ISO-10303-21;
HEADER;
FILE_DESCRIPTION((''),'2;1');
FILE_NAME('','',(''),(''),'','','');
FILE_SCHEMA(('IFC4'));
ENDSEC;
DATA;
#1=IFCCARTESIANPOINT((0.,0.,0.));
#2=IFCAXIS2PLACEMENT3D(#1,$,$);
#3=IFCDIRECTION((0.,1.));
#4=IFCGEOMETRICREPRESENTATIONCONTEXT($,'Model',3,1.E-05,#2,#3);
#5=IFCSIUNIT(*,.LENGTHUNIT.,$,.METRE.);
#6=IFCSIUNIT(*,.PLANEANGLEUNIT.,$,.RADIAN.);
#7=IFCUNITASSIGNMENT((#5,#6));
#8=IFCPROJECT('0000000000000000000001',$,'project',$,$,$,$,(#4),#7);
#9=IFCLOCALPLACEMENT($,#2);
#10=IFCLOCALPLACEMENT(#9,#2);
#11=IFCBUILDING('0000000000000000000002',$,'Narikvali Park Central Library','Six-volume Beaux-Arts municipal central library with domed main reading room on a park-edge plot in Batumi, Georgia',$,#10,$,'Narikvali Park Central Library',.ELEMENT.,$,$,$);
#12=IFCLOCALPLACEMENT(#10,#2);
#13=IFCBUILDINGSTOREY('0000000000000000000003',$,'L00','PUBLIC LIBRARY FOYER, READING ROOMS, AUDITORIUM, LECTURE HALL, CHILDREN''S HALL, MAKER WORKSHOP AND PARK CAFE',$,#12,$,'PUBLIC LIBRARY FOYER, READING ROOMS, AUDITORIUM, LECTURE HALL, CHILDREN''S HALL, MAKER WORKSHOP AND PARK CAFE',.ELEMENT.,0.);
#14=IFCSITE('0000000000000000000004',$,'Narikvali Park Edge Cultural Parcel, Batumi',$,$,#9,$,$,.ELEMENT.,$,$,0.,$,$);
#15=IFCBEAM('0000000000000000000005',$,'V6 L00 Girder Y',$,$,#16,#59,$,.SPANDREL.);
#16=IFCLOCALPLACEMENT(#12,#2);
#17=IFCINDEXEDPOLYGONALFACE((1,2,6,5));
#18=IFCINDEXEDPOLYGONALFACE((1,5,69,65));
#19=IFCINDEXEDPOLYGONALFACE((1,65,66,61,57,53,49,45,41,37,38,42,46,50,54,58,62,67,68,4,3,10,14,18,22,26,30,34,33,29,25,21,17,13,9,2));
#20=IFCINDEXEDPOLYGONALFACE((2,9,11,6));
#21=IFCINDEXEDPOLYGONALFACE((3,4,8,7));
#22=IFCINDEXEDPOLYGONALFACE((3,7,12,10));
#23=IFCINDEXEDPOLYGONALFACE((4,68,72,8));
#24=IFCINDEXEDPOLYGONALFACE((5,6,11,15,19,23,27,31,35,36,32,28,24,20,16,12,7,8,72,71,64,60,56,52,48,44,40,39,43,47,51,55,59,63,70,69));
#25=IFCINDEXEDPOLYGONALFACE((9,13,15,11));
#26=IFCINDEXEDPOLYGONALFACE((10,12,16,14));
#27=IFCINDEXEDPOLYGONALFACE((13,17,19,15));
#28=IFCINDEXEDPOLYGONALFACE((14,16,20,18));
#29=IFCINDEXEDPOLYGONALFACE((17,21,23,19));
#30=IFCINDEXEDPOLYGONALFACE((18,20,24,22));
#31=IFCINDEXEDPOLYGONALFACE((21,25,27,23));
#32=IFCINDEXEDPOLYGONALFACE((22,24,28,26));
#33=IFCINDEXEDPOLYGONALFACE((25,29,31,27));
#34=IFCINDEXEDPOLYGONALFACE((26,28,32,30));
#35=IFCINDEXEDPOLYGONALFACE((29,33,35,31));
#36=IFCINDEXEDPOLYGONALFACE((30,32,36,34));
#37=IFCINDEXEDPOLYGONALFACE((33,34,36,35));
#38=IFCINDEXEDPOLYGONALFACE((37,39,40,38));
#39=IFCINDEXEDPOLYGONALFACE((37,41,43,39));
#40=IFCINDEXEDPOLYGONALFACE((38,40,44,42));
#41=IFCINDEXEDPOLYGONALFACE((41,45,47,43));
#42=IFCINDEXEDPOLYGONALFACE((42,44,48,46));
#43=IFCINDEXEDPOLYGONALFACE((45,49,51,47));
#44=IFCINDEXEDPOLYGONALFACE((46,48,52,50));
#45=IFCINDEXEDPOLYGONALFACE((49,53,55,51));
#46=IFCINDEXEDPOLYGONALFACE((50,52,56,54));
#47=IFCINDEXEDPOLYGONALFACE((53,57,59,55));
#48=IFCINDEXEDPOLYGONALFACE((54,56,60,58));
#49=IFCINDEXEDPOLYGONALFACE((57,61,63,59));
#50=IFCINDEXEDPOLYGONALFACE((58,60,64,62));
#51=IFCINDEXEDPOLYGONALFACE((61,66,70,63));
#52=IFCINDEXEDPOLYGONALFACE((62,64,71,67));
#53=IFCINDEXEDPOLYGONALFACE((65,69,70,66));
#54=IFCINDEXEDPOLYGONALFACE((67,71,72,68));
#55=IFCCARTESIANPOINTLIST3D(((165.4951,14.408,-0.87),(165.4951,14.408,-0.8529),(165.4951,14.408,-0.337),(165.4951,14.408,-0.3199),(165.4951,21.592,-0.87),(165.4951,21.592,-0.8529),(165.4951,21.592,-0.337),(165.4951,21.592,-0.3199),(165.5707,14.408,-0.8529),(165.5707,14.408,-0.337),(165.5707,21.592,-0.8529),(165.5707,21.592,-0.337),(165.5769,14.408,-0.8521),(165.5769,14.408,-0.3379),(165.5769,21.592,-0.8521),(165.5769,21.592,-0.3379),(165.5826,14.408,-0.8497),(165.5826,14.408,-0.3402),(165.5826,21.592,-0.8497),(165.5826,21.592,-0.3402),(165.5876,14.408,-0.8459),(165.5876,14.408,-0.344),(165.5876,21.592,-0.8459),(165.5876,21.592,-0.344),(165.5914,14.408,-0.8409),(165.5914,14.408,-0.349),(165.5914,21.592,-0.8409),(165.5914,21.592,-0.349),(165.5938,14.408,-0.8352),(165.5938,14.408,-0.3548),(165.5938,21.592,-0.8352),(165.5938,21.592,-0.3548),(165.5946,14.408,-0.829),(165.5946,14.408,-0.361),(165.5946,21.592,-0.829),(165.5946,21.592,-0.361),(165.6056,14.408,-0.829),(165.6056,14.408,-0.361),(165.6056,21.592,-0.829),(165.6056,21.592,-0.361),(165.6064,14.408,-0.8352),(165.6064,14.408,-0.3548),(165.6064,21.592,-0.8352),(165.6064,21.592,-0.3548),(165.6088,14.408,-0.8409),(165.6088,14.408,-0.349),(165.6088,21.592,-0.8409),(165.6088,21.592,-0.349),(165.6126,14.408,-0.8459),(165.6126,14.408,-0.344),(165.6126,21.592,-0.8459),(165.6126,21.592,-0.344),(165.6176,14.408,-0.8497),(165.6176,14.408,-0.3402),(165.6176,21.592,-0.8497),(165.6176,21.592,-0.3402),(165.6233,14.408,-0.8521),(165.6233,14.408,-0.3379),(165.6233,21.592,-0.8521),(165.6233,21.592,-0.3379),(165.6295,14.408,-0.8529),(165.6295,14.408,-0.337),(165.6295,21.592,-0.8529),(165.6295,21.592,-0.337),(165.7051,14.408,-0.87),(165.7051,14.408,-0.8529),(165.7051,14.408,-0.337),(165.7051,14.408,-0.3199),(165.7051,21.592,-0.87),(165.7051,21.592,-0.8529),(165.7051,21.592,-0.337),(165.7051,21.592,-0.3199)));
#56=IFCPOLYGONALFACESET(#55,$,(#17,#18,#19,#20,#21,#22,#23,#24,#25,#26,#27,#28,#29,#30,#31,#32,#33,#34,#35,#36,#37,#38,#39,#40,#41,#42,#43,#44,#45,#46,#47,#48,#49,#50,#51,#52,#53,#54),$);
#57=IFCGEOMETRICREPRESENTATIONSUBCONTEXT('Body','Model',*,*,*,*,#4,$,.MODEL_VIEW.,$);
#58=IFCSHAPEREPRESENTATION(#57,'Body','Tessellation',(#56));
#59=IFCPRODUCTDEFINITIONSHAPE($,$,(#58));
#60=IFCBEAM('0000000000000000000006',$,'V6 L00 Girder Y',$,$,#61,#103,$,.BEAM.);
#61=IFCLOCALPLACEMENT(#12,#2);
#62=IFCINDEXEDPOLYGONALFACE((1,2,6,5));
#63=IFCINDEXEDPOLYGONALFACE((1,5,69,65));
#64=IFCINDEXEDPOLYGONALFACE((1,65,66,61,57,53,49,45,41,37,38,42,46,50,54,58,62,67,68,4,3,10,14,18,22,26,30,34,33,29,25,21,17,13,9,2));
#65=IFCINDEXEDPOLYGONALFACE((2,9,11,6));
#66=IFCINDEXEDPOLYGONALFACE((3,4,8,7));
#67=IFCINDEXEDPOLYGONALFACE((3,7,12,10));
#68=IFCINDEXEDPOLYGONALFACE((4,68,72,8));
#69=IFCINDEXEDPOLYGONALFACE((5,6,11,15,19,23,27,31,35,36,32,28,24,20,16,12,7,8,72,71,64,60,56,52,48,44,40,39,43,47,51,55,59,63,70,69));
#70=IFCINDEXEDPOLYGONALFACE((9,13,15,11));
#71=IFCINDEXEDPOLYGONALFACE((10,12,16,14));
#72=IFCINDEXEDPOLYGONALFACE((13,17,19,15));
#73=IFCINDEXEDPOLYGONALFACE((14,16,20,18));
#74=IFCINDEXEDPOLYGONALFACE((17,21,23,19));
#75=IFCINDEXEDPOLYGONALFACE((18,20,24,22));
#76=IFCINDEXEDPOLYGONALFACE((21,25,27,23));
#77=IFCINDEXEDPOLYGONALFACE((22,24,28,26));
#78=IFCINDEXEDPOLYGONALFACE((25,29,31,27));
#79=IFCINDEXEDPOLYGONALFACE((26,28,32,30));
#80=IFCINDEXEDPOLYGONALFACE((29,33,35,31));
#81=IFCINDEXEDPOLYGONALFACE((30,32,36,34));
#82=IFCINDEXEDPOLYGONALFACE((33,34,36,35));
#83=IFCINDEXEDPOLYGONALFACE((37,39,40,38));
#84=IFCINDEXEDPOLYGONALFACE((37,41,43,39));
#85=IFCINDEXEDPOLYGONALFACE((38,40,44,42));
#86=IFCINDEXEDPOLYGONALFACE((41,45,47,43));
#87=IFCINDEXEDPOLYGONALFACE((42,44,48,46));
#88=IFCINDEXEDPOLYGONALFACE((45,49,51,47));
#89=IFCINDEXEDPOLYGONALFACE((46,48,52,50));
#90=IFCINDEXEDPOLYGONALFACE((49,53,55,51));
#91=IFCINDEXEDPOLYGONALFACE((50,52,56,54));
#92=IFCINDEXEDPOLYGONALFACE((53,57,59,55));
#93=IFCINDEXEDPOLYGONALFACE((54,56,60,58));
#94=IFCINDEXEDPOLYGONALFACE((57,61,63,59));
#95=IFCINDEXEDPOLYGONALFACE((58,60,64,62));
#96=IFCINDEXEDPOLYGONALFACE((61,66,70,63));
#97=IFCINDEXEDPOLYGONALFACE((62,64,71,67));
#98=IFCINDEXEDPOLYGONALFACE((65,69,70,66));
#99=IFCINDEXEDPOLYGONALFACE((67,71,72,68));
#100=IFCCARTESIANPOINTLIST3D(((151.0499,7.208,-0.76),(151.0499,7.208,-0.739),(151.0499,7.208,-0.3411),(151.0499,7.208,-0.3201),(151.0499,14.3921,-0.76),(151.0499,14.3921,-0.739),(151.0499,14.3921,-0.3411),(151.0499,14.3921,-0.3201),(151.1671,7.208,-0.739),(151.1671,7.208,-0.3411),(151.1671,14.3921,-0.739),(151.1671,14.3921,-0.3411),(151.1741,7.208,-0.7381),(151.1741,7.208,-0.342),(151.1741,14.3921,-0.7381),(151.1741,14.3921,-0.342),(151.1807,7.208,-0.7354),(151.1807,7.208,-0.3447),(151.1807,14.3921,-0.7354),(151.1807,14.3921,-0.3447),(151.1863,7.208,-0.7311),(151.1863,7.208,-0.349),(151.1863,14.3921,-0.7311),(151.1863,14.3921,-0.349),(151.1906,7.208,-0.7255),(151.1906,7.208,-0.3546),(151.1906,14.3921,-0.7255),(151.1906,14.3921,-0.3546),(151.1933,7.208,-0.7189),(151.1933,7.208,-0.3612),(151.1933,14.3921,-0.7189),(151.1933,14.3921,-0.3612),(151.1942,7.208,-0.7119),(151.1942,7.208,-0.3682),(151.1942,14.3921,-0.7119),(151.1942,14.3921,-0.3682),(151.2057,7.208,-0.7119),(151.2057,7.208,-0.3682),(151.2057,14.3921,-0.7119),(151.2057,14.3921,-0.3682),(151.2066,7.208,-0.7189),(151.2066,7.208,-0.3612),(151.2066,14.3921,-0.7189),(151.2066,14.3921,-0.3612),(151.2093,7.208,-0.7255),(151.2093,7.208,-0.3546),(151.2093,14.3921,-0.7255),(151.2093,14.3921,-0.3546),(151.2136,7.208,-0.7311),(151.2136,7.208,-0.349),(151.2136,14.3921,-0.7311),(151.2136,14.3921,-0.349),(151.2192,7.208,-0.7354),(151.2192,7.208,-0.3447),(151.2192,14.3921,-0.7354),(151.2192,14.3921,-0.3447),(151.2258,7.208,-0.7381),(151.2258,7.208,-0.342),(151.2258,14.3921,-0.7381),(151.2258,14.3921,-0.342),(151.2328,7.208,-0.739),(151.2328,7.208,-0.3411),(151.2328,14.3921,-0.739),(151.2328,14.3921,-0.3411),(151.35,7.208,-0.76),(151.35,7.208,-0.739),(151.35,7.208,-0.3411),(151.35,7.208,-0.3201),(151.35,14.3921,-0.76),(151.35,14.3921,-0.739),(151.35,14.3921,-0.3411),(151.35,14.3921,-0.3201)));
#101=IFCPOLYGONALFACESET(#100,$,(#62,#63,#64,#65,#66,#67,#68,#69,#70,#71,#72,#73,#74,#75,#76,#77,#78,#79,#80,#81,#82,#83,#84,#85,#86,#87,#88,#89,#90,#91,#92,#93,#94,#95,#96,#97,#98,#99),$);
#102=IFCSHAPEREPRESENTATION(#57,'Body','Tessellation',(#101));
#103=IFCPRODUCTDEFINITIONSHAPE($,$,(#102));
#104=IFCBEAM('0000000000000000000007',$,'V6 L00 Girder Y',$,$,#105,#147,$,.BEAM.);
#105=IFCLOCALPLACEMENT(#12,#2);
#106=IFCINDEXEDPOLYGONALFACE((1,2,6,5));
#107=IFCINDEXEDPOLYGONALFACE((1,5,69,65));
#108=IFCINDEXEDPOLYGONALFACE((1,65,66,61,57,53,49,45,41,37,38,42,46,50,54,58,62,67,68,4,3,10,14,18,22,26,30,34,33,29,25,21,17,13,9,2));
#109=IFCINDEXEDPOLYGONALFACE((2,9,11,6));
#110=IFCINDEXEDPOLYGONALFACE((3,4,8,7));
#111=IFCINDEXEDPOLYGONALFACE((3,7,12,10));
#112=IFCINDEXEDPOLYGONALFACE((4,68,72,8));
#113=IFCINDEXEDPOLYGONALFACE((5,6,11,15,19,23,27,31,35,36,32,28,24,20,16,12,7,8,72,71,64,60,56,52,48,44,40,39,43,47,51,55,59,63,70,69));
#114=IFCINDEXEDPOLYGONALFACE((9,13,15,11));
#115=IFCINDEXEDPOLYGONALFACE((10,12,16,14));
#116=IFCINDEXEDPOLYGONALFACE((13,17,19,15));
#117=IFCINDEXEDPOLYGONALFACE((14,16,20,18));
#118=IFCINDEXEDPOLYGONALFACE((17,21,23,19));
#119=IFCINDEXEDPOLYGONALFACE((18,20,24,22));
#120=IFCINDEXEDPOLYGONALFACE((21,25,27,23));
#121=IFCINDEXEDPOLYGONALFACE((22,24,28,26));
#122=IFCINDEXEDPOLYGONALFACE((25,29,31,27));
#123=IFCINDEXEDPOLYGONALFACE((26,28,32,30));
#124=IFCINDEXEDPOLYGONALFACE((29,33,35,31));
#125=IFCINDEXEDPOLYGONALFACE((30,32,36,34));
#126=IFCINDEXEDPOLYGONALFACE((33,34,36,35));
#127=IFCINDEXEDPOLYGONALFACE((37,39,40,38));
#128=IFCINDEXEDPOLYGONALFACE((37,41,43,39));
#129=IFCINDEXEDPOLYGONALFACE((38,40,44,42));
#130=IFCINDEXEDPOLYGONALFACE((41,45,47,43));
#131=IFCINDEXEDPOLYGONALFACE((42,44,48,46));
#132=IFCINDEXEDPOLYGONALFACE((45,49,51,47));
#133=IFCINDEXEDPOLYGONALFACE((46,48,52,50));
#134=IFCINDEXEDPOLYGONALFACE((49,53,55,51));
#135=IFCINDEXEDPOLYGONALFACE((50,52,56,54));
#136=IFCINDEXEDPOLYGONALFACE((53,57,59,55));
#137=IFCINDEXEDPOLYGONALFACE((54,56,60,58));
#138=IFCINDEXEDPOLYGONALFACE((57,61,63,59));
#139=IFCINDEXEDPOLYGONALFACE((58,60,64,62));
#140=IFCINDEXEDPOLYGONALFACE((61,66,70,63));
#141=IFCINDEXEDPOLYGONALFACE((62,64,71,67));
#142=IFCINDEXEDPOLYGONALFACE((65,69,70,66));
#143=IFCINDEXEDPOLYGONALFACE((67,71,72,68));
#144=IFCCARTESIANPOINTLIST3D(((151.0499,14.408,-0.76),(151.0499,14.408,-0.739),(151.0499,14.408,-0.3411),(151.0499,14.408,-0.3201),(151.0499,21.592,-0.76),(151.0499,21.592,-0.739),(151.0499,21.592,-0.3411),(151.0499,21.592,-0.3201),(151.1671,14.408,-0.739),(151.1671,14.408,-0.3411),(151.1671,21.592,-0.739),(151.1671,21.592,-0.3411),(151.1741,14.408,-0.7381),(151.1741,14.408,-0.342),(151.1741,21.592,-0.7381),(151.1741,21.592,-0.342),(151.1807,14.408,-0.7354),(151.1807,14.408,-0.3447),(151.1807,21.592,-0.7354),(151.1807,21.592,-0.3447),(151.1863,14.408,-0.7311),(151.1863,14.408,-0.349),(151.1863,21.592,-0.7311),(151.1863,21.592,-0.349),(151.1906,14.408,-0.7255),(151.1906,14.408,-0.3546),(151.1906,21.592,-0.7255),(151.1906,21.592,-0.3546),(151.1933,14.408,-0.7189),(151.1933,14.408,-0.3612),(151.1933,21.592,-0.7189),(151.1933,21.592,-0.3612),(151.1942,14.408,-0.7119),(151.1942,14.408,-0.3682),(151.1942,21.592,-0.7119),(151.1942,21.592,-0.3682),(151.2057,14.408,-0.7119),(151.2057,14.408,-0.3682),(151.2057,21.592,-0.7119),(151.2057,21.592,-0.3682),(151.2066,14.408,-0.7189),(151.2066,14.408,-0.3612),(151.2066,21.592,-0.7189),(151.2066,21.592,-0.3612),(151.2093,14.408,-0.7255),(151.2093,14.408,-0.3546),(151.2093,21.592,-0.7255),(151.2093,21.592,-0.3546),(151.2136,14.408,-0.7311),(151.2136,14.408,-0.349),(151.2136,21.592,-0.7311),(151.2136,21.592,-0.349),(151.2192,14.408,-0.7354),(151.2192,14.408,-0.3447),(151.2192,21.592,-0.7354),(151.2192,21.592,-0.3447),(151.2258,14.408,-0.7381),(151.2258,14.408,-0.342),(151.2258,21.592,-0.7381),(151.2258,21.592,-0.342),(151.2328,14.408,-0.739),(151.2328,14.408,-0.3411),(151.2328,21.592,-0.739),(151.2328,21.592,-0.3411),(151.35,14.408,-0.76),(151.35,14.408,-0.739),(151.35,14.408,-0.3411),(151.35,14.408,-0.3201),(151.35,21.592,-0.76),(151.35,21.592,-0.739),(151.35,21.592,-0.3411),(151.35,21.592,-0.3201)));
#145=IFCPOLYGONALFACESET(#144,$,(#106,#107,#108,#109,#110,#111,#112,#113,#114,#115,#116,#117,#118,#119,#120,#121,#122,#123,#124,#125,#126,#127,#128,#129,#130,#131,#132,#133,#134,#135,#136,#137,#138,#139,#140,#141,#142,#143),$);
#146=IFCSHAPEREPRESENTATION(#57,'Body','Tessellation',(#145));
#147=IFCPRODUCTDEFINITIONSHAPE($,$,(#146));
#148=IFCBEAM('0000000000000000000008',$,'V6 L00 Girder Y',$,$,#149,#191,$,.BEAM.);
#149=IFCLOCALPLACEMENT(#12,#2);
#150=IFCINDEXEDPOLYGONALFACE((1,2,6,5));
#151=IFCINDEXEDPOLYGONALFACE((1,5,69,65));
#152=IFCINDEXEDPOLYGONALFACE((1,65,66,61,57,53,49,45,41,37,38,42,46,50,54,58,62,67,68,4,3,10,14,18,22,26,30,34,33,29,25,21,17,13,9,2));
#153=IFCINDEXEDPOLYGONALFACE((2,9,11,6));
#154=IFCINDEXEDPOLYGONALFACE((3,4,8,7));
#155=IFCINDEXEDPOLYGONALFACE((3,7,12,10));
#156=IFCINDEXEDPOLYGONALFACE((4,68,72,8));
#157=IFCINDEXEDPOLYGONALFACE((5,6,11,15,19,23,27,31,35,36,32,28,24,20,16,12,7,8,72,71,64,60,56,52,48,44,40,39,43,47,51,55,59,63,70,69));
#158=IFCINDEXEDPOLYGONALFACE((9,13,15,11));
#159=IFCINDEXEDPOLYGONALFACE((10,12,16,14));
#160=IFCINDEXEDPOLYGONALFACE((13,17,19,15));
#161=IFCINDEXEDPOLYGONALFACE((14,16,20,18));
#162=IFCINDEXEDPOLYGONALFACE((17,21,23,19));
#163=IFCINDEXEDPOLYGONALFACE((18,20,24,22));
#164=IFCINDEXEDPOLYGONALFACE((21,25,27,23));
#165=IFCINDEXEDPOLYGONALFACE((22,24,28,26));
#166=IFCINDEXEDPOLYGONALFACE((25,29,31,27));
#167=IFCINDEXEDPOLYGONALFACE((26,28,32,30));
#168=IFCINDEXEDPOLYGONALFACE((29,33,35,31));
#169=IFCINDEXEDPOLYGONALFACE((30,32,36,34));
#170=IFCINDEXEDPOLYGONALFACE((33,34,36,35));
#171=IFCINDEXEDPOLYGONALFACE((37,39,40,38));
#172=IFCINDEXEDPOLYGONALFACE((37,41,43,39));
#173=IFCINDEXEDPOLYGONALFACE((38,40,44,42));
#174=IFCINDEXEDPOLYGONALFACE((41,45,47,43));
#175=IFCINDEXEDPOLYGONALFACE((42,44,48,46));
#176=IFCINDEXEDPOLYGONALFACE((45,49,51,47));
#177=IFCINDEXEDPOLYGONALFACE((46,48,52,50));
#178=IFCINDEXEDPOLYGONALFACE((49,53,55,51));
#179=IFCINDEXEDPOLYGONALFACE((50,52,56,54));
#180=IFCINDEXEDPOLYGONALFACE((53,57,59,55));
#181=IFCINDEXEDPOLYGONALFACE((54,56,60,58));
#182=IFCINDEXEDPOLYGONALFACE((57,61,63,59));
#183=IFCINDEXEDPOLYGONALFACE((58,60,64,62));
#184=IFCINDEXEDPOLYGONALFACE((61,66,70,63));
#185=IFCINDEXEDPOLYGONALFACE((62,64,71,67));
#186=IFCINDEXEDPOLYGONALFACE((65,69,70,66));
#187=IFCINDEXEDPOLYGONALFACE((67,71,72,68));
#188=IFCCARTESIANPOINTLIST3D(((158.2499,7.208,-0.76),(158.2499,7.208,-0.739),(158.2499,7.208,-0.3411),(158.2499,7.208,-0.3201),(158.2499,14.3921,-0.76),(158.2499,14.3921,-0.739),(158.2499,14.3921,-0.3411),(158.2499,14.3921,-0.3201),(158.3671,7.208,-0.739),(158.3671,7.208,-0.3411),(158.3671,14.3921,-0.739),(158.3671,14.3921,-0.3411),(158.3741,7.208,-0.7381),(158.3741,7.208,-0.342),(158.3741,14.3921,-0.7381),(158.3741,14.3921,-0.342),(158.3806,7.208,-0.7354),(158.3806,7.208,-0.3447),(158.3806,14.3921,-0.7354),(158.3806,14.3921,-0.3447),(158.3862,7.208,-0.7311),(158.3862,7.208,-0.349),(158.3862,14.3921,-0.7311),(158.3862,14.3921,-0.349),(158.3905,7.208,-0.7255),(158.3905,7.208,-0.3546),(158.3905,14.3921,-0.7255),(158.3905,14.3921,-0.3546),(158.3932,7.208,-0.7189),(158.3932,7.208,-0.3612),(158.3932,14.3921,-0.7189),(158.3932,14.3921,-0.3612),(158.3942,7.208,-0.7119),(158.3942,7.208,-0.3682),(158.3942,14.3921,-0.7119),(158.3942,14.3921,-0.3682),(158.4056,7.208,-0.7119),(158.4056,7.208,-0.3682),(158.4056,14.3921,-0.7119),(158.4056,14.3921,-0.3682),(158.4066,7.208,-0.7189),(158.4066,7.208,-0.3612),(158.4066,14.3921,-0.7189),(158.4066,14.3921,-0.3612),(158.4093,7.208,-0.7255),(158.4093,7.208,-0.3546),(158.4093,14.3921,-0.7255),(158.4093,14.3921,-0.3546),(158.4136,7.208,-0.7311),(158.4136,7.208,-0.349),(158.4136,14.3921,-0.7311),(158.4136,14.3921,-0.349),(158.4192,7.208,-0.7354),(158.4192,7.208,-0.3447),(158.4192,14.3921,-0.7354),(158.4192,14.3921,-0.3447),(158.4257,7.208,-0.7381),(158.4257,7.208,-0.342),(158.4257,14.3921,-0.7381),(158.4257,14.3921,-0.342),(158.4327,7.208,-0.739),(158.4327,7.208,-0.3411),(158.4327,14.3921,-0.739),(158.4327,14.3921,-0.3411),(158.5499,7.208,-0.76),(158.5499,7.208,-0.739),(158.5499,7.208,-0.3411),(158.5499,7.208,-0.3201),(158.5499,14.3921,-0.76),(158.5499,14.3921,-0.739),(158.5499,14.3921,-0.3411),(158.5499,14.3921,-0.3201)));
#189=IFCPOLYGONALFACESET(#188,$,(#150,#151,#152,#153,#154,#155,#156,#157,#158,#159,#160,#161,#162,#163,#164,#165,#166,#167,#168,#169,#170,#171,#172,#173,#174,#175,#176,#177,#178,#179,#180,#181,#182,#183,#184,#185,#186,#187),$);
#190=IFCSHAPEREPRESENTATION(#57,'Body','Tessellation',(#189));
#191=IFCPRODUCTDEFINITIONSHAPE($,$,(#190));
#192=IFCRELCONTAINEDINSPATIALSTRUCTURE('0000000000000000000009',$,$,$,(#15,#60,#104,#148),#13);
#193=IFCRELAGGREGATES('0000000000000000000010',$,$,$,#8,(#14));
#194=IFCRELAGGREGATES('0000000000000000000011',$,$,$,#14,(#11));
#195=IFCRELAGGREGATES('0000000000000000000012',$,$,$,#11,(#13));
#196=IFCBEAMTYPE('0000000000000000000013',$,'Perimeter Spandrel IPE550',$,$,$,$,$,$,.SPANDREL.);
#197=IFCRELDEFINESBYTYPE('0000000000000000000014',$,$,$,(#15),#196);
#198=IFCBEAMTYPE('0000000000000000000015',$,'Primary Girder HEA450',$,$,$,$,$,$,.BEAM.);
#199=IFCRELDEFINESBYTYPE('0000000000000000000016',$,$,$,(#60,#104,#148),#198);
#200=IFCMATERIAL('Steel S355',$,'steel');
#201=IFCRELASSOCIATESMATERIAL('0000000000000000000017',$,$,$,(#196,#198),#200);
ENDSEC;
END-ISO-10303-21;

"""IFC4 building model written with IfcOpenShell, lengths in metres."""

from ifc_helpers import new_model, si_unit, direction, frame, origin, origin_2d, place, context, subcontext, project, spatial, i_section, extrude, material, material_profile, profile_set, type_object, element, save


model = new_model("IFC4")

# Units and contexts
model_context = context("Model", 3, precision=1e-05, world=origin(), true_north=direction((0.0, 1.0)))
body_context = subcontext(model_context, "Body", "Model", "MODEL_VIEW")
ifc_project = project(units=[si_unit("LENGTHUNIT", "METRE"), si_unit("PLANEANGLEUNIT", "RADIAN")], contexts=[model_context])

# Site, building, storey
site_placement = place(None, origin())
site = spatial("IfcSite", under=ifc_project, at=site_placement, Name="Narikvali Park Edge Cultural Parcel, Batumi", CompositionType="ELEMENT", RefElevation=0.0)
building_placement = place(site_placement, origin())
building = spatial("IfcBuilding", under=site, at=building_placement, Name="Narikvali Park Central Library", Description="Six-volume Beaux-Arts municipal central library with domed main reading room on a park-edge plot in Batumi, Georgia", LongName="Narikvali Park Central Library", CompositionType="ELEMENT")
storey_placement = place(building_placement, origin())
storey = spatial("IfcBuildingStorey", under=building, at=storey_placement, Name="L00", Description="PUBLIC LIBRARY FOYER, READING ROOMS, AUDITORIUM, LECTURE HALL, CHILDREN'S HALL, MAKER WORKSHOP AND PARK CAFE", LongName="PUBLIC LIBRARY FOYER, READING ROOMS, AUDITORIUM, LECTURE HALL, CHILDREN'S HALL, MAKER WORKSHOP AND PARK CAFE", CompositionType="ELEMENT", Elevation=0.0)

# Shared definitions
ifc_material_1 = material(Name="Steel S355", Category="steel")

# Beams
ifc_material_profile_1 = material_profile(ifc_material_1, i_section(OverallWidth=0.21, OverallDepth=0.55, WebThickness=0.011, FlangeThickness=0.0171, FilletRadius=0.0239, at=origin_2d()), Name="IPE 550")
ifc_profile_set_1 = profile_set([ifc_material_profile_1], Name="Steel S355")
beam_type_1 = type_object("IfcBeamType", Name="Perimeter Spandrel IPE550", PredefinedType="SPANDREL", material=ifc_profile_set_1)
for number, where, z_axis, x_axis, name in (
    (1, (165.6001, 14.408, -0.595), (0.0, 1.0, 0.0), (-1.0, 0.0, 0.0), "V6 L00 Girder Y"),
):
    element("IfcBeam", number, at=place(storey_placement, frame(where, z_axis=z_axis, x_axis=x_axis)), inside=storey, type_object=beam_type_1, Name=name, PredefinedType="SPANDREL", context=body_context, shape_type="SweptSolid", body=[
        extrude(i_section(OverallWidth=0.21, OverallDepth=0.55, WebThickness=0.011, FlangeThickness=0.0171, FilletRadius=0.0239, at=origin_2d()), origin(), (0.0, 0.0, 1.0), 7.1841),
    ])
ifc_material_profile_2 = material_profile(ifc_material_1, i_section(OverallWidth=0.3, OverallDepth=0.4399, WebThickness=0.0115, FlangeThickness=0.021, FilletRadius=0.0271, at=origin_2d()), Name="HEA 450")
ifc_profile_set_2 = profile_set([ifc_material_profile_2], Name="Steel S355")
beam_type_2 = type_object("IfcBeamType", Name="Primary Girder HEA450", PredefinedType="BEAM", material=ifc_profile_set_2)
for number, where, z_axis, x_axis, name in (
    (2, (151.2, 7.208, -0.54), (0.0, 1.0, 0.0), (-1.0, 0.0, 0.0), "V6 L00 Girder Y"),
    (3, (151.2, 14.408, -0.54), (0.0, 1.0, 0.0), (-1.0, 0.0, 0.0), "V6 L00 Girder Y"),
    (4, (158.3999, 7.208, -0.54), (0.0, 1.0, 0.0), (-1.0, 0.0, 0.0), "V6 L00 Girder Y"),
):
    element("IfcBeam", number, at=place(storey_placement, frame(where, z_axis=z_axis, x_axis=x_axis)), inside=storey, type_object=beam_type_2, Name=name, PredefinedType="BEAM", context=body_context, shape_type="SweptSolid", body=[
        extrude(i_section(OverallWidth=0.3, OverallDepth=0.4399, WebThickness=0.0115, FlangeThickness=0.021, FilletRadius=0.0271, at=origin_2d()), origin(), (0.0, 0.0, 1.0), 7.1841),
    ])

save(model, "model.ifc")
